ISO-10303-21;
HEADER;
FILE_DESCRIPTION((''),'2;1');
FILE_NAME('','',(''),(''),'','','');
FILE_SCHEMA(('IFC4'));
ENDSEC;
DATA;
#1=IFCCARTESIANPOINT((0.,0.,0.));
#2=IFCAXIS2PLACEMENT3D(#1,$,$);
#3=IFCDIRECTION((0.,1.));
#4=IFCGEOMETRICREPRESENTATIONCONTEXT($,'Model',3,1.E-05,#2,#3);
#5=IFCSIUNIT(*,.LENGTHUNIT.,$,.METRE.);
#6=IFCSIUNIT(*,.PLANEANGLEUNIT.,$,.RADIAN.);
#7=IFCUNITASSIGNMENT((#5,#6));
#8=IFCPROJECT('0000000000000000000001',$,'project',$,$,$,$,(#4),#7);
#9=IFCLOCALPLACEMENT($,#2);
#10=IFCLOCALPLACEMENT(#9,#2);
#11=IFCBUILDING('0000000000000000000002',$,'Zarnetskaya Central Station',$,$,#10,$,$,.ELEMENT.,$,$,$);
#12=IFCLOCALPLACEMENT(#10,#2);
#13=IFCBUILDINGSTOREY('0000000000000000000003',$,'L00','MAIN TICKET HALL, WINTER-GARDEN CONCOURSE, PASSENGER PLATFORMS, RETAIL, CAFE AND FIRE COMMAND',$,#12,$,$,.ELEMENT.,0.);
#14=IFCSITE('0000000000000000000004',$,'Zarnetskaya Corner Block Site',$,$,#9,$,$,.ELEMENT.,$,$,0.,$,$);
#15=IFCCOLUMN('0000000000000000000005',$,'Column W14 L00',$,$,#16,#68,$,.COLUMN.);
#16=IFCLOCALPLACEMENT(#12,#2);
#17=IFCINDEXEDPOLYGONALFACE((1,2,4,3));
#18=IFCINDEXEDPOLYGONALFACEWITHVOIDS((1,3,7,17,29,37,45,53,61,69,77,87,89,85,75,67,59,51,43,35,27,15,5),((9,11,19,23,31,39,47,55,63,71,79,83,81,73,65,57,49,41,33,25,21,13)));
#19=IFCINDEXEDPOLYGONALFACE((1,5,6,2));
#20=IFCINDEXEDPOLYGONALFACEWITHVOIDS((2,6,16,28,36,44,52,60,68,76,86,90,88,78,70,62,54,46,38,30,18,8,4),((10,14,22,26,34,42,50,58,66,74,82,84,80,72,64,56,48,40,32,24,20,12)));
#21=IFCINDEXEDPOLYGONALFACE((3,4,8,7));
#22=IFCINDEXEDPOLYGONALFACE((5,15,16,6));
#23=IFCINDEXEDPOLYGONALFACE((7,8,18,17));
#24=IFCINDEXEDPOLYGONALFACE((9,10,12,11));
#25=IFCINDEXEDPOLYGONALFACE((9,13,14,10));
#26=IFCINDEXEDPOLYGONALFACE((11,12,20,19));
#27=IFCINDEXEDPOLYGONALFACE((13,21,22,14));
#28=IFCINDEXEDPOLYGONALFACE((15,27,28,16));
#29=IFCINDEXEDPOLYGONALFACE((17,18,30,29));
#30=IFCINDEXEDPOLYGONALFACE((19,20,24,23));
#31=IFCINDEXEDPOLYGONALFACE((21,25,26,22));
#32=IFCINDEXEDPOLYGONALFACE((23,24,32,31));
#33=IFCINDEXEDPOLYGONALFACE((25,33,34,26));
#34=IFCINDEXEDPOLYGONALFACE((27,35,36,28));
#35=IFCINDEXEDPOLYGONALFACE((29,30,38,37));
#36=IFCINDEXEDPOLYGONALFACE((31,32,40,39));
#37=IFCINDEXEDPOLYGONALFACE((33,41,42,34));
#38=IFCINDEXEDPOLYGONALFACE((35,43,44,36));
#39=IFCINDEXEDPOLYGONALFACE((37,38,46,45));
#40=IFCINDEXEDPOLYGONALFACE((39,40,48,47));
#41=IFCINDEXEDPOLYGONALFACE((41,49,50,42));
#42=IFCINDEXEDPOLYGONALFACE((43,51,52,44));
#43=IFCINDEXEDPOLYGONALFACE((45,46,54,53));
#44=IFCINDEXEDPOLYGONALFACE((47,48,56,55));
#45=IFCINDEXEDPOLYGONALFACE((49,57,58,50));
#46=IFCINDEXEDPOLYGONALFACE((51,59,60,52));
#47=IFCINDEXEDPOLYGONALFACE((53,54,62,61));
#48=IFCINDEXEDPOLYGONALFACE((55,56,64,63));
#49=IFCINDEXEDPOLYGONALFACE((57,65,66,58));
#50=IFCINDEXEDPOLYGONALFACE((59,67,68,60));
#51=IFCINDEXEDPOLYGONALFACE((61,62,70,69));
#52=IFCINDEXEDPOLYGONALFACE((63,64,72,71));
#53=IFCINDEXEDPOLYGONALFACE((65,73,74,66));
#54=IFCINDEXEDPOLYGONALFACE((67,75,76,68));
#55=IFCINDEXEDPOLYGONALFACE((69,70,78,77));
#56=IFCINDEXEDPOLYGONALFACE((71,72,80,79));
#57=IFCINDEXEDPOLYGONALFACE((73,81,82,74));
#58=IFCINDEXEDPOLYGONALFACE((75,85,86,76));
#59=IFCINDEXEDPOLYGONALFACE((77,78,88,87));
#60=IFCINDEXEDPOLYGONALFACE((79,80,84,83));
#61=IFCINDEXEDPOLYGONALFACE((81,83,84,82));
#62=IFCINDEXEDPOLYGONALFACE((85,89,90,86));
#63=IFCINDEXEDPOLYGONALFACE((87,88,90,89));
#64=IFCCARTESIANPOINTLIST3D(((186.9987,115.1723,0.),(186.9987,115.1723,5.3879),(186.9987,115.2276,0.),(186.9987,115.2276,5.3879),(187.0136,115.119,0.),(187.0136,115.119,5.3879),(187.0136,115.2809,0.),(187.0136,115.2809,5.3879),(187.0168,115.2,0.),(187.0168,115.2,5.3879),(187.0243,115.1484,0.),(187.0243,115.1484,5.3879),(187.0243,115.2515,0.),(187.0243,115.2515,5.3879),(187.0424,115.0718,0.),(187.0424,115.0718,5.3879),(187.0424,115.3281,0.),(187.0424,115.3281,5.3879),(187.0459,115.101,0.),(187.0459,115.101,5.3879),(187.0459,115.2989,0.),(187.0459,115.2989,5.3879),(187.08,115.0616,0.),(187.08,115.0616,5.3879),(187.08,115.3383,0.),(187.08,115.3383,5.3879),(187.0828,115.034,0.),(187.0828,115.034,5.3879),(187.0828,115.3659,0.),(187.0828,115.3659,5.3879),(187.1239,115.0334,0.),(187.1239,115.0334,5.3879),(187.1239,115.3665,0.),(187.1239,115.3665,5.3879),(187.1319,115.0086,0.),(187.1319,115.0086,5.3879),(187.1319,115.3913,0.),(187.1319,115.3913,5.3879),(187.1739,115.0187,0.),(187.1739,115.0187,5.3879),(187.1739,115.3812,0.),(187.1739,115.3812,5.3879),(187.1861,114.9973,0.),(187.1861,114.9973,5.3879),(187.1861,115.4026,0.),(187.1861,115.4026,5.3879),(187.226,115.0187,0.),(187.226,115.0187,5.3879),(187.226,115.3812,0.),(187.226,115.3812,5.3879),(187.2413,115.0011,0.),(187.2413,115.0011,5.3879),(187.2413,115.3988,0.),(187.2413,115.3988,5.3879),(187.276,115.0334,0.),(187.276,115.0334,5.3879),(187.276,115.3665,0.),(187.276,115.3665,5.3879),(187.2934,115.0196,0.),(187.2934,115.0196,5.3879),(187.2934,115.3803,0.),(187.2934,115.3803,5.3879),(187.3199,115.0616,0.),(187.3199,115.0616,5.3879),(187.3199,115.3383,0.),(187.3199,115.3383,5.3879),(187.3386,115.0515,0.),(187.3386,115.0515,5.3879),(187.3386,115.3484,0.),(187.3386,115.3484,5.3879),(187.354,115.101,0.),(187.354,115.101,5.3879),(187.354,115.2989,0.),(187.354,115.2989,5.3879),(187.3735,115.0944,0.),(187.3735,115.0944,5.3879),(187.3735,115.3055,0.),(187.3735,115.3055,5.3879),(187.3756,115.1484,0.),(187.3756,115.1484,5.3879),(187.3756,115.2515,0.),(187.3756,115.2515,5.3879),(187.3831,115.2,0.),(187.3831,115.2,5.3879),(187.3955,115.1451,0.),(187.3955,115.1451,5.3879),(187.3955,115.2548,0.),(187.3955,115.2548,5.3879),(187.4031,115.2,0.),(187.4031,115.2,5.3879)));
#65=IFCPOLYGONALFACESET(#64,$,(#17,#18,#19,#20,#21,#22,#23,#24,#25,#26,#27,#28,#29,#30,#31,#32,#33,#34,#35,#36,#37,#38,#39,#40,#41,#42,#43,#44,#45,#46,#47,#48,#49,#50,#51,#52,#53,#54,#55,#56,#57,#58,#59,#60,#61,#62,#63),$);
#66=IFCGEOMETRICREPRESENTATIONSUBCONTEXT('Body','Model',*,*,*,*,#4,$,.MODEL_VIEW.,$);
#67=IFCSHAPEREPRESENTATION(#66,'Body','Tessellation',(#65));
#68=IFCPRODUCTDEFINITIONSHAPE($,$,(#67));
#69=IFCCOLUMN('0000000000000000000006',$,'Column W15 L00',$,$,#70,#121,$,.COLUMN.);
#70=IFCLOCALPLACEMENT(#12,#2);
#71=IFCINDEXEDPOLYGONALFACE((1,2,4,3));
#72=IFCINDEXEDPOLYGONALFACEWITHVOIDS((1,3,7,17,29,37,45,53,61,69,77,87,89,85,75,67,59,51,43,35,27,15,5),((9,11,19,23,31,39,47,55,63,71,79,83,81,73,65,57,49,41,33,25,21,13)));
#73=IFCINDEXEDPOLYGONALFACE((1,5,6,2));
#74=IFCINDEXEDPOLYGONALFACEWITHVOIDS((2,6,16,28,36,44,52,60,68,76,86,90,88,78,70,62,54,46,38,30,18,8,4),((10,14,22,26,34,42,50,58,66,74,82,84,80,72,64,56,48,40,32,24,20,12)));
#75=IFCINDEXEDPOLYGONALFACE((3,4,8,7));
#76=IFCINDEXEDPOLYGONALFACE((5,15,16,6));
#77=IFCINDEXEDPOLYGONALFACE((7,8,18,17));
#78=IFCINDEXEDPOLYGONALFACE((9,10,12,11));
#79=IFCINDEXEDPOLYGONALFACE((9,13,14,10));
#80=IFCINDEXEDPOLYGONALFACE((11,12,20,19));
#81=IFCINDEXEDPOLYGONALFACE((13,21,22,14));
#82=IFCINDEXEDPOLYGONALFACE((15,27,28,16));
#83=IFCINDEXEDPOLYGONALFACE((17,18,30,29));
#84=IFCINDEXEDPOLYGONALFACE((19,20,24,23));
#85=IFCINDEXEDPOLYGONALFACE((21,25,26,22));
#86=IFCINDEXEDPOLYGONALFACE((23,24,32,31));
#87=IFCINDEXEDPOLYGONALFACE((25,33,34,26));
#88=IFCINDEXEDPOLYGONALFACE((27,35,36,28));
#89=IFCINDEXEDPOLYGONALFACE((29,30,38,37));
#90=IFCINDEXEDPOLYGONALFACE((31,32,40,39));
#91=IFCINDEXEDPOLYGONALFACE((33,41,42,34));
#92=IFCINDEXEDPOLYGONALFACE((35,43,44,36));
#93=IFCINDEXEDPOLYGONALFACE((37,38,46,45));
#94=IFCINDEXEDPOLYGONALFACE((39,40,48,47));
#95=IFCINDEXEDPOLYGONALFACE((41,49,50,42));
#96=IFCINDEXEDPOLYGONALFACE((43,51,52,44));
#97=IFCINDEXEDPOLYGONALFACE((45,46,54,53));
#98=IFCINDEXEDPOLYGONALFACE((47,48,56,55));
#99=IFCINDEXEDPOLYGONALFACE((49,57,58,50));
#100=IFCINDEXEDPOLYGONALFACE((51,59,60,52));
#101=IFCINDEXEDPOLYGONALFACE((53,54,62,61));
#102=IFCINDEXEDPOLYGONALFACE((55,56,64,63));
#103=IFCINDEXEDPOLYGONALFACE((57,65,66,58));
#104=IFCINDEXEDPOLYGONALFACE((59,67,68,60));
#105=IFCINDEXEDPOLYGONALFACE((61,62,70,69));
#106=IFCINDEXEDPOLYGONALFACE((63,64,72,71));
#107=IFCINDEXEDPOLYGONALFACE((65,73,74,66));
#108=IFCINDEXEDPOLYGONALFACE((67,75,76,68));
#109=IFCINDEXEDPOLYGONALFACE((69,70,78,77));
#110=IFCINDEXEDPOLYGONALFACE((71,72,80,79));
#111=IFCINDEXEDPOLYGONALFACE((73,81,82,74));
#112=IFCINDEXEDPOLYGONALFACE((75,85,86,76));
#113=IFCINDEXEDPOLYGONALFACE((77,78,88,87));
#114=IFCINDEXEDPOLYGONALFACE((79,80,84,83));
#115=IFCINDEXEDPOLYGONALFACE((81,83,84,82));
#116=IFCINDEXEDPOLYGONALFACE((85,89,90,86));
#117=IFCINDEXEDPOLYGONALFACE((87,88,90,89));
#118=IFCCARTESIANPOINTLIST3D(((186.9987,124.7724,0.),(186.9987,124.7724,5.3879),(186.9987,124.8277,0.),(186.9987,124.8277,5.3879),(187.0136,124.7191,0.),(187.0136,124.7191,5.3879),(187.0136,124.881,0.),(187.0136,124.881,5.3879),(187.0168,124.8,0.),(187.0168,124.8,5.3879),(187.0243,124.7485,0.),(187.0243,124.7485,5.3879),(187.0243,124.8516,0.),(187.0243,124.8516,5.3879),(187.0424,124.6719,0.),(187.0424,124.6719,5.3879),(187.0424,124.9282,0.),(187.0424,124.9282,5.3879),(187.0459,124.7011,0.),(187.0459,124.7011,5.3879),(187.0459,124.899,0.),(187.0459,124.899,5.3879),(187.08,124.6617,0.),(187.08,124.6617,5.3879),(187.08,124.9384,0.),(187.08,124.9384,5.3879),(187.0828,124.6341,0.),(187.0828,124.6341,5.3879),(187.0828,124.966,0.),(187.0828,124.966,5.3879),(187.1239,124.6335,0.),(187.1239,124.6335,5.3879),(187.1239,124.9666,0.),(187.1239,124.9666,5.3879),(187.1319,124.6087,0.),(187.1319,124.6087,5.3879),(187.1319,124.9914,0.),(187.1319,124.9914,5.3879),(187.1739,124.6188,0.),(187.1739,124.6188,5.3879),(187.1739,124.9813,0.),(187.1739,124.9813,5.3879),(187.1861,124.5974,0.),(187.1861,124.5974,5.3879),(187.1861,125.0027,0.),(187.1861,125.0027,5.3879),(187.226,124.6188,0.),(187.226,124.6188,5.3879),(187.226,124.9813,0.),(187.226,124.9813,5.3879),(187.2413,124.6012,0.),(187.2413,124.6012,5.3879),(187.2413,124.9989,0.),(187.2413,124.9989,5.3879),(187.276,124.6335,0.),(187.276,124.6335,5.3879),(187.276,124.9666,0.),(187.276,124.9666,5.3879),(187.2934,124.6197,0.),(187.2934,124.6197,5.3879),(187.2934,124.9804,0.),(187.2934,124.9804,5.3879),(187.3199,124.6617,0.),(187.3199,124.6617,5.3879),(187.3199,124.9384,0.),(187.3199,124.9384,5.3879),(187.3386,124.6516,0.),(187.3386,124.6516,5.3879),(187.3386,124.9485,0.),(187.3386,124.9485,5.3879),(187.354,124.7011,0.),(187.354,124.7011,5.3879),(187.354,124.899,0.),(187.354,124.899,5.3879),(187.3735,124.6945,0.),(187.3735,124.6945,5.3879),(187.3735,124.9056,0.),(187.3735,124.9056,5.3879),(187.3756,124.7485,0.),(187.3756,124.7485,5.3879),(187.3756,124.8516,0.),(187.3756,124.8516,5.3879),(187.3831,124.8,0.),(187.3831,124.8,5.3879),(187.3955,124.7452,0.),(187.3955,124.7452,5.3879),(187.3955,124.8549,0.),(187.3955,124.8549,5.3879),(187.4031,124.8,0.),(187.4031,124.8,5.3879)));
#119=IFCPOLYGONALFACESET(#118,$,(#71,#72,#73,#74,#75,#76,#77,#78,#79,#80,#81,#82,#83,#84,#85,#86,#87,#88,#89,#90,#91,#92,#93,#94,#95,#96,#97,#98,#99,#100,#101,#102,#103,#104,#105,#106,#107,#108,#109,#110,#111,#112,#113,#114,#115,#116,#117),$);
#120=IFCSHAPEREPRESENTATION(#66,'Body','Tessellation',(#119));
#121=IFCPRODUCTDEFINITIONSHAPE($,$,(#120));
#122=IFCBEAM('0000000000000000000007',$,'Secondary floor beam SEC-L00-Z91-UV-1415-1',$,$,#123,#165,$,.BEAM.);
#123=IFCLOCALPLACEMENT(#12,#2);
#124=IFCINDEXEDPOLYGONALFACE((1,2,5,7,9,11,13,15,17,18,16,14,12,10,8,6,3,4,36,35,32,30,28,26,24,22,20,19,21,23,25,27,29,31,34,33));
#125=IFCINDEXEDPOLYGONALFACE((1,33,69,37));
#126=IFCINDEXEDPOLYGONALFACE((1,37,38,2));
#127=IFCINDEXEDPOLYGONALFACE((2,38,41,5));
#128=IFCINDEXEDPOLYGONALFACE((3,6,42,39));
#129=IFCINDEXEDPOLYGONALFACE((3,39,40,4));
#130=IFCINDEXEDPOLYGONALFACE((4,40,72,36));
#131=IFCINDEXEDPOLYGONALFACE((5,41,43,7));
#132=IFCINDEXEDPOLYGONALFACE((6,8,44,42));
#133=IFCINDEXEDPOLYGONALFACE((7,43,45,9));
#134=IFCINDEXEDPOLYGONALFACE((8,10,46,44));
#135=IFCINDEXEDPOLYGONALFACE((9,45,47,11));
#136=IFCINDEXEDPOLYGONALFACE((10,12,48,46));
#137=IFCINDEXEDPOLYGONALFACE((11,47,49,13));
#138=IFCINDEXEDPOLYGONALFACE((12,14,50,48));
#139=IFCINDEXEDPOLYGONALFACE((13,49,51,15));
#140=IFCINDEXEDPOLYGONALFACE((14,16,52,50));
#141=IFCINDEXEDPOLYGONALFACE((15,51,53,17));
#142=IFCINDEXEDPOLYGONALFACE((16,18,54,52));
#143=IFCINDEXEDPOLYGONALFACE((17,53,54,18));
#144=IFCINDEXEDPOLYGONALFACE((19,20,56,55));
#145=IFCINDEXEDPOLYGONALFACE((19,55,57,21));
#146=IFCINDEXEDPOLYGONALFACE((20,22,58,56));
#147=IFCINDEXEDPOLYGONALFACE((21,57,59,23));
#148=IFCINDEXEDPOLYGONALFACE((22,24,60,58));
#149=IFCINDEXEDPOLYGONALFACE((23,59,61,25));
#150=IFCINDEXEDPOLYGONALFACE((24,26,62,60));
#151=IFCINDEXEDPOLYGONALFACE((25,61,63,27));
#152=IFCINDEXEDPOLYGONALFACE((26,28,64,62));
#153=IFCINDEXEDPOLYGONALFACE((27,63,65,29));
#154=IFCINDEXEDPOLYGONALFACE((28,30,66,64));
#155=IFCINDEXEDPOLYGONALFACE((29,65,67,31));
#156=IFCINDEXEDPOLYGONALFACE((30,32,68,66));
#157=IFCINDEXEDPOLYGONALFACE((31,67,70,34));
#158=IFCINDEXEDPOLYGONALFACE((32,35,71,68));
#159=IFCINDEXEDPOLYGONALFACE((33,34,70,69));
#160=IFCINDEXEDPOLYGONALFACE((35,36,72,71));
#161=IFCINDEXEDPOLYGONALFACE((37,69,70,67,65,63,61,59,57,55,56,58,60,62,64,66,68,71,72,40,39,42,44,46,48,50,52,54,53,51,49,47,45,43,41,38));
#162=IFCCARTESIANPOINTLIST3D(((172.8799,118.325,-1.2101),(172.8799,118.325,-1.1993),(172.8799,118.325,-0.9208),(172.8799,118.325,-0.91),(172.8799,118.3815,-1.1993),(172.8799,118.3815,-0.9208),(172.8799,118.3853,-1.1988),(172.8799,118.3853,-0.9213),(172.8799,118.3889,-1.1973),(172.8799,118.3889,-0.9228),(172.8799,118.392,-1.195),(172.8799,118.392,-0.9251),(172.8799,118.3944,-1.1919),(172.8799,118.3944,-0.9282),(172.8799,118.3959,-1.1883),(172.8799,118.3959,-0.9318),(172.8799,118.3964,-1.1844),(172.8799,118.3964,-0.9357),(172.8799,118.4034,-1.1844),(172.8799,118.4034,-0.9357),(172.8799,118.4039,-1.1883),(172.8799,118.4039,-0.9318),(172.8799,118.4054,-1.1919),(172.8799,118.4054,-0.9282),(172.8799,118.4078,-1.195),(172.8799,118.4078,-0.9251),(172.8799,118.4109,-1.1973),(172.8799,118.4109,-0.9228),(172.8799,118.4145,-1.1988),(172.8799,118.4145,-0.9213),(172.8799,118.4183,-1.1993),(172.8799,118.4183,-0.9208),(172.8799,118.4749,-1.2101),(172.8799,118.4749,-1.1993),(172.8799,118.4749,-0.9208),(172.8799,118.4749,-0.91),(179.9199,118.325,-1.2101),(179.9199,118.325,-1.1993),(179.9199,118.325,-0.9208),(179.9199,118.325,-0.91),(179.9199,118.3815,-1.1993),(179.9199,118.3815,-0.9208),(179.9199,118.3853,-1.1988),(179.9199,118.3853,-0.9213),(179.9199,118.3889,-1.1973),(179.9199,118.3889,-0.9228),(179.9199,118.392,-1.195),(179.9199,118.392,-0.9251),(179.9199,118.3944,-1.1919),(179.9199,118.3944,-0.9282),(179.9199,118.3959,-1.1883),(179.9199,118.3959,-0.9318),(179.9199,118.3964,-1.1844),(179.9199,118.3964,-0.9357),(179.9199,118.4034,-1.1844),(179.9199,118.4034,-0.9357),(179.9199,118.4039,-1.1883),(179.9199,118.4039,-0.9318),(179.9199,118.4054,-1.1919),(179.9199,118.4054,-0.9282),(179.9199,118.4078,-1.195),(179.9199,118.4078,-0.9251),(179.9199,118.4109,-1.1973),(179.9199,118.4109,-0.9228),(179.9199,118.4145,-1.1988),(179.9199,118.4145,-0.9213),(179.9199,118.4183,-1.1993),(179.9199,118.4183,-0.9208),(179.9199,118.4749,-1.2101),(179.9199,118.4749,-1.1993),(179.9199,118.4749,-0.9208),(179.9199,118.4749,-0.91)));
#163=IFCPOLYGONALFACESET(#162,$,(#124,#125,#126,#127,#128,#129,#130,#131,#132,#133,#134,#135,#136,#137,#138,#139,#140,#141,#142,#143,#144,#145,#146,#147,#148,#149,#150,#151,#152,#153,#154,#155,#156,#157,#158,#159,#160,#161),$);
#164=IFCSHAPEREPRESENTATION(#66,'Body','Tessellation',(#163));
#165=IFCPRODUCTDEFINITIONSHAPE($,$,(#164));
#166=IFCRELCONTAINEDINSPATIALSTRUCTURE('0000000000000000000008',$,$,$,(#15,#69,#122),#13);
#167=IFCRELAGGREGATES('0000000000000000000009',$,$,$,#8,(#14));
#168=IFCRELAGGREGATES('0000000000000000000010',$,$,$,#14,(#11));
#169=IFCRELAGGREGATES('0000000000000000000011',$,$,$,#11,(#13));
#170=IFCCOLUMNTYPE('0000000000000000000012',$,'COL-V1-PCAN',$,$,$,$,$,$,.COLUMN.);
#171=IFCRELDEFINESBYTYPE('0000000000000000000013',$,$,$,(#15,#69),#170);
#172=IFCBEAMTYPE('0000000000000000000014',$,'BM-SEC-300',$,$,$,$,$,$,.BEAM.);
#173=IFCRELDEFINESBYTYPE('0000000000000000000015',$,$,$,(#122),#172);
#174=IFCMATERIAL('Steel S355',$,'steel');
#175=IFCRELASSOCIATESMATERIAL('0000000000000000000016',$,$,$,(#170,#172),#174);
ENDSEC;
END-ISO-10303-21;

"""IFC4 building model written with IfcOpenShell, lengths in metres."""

from ifc_helpers import new_model, si_unit, direction, frame, origin, origin_2d, place, context, subcontext, project, spatial, hollow_circle, i_section, extrude, material, material_profile, profile_set, type_object, element, save


model = new_model("IFC4")

# Units and contexts
model_context = context("Model", 3, precision=1e-05, world=origin(), true_north=direction((0.0, 1.0)))
body_context = subcontext(model_context, "Body", "Model", "MODEL_VIEW")
ifc_project = project(units=[si_unit("LENGTHUNIT", "METRE"), si_unit("PLANEANGLEUNIT", "RADIAN")], contexts=[model_context])

# Site, building, storey
site_placement = place(None, origin())
site = spatial("IfcSite", under=ifc_project, at=site_placement, Name="Zarnetskaya Corner Block Site", CompositionType="ELEMENT", RefElevation=0.0)
building_placement = place(site_placement, origin())
building = spatial("IfcBuilding", under=site, at=building_placement, Name="Zarnetskaya Central Station", CompositionType="ELEMENT")
storey_placement = place(building_placement, origin())
storey = spatial("IfcBuildingStorey", under=building, at=storey_placement, Name="L00", Description="MAIN TICKET HALL, WINTER-GARDEN CONCOURSE, PASSENGER PLATFORMS, RETAIL, CAFE AND FIRE COMMAND", CompositionType="ELEMENT", Elevation=0.0)

# Columns
ifc_material = material(Name="Steel S355", Category="steel")
ifc_material_profile_1 = material_profile(ifc_material, hollow_circle(Radius=0.2031, WallThickness=0.02, at=origin_2d()), Name="CHS 406.4x20")
ifc_profile_set_1 = profile_set([ifc_material_profile_1], Name="Steel S355")
column_type = type_object("IfcColumnType", Name="COL-V1-PCAN", PredefinedType="COLUMN", material=ifc_profile_set_1)
for number, where, z_axis, x_axis, name in (
    (1, (187.2, 115.2, 0.0), (0.0, 0.0, 1.0), (1.0, 0.0, 0.0), "Column W14 L00"),
    (2, (187.2, 124.8, 0.0), (0.0, 0.0, 1.0), (1.0, 0.0, 0.0), "Column W15 L00"),
):
    element("IfcColumn", number, at=place(storey_placement, frame(where, z_axis=z_axis, x_axis=x_axis)), inside=storey, type_object=column_type, Name=name, PredefinedType="COLUMN", context=body_context, shape_type="SweptSolid", body=[
        extrude(hollow_circle(Radius=0.2031, WallThickness=0.02, at=origin_2d()), origin(), (0.0, 0.0, 1.0), 5.3879),
    ])

# Beam
ifc_material_profile_2 = material_profile(ifc_material, i_section(OverallWidth=0.1499, OverallDepth=0.3, WebThickness=0.0071, FlangeThickness=0.0107, FilletRadius=0.0149, at=origin_2d()), Name="IPE 300")
ifc_profile_set_2 = profile_set([ifc_material_profile_2], Name="Steel S355")
beam_type_1 = type_object("IfcBeamType", Name="BM-SEC-300", PredefinedType="BEAM", material=ifc_profile_set_2)
for number, where, z_axis, x_axis, name in (
    (3, (172.8799, 118.3999, -1.0601), (1.0, 0.0, 0.0), (0.0, 1.0, 0.0), "Secondary floor beam SEC-L00-Z91-UV-1415-1"),
):
    element("IfcBeam", number, at=place(storey_placement, frame(where, z_axis=z_axis, x_axis=x_axis)), inside=storey, type_object=beam_type_1, Name=name, PredefinedType="BEAM", context=body_context, shape_type="SweptSolid", body=[
        extrude(i_section(OverallWidth=0.1499, OverallDepth=0.3, WebThickness=0.0071, FlangeThickness=0.0107, FilletRadius=0.0149, at=origin_2d()), origin(), (0.0, 0.0, 1.0), 7.04),
    ])

save(model, "model.ifc")
